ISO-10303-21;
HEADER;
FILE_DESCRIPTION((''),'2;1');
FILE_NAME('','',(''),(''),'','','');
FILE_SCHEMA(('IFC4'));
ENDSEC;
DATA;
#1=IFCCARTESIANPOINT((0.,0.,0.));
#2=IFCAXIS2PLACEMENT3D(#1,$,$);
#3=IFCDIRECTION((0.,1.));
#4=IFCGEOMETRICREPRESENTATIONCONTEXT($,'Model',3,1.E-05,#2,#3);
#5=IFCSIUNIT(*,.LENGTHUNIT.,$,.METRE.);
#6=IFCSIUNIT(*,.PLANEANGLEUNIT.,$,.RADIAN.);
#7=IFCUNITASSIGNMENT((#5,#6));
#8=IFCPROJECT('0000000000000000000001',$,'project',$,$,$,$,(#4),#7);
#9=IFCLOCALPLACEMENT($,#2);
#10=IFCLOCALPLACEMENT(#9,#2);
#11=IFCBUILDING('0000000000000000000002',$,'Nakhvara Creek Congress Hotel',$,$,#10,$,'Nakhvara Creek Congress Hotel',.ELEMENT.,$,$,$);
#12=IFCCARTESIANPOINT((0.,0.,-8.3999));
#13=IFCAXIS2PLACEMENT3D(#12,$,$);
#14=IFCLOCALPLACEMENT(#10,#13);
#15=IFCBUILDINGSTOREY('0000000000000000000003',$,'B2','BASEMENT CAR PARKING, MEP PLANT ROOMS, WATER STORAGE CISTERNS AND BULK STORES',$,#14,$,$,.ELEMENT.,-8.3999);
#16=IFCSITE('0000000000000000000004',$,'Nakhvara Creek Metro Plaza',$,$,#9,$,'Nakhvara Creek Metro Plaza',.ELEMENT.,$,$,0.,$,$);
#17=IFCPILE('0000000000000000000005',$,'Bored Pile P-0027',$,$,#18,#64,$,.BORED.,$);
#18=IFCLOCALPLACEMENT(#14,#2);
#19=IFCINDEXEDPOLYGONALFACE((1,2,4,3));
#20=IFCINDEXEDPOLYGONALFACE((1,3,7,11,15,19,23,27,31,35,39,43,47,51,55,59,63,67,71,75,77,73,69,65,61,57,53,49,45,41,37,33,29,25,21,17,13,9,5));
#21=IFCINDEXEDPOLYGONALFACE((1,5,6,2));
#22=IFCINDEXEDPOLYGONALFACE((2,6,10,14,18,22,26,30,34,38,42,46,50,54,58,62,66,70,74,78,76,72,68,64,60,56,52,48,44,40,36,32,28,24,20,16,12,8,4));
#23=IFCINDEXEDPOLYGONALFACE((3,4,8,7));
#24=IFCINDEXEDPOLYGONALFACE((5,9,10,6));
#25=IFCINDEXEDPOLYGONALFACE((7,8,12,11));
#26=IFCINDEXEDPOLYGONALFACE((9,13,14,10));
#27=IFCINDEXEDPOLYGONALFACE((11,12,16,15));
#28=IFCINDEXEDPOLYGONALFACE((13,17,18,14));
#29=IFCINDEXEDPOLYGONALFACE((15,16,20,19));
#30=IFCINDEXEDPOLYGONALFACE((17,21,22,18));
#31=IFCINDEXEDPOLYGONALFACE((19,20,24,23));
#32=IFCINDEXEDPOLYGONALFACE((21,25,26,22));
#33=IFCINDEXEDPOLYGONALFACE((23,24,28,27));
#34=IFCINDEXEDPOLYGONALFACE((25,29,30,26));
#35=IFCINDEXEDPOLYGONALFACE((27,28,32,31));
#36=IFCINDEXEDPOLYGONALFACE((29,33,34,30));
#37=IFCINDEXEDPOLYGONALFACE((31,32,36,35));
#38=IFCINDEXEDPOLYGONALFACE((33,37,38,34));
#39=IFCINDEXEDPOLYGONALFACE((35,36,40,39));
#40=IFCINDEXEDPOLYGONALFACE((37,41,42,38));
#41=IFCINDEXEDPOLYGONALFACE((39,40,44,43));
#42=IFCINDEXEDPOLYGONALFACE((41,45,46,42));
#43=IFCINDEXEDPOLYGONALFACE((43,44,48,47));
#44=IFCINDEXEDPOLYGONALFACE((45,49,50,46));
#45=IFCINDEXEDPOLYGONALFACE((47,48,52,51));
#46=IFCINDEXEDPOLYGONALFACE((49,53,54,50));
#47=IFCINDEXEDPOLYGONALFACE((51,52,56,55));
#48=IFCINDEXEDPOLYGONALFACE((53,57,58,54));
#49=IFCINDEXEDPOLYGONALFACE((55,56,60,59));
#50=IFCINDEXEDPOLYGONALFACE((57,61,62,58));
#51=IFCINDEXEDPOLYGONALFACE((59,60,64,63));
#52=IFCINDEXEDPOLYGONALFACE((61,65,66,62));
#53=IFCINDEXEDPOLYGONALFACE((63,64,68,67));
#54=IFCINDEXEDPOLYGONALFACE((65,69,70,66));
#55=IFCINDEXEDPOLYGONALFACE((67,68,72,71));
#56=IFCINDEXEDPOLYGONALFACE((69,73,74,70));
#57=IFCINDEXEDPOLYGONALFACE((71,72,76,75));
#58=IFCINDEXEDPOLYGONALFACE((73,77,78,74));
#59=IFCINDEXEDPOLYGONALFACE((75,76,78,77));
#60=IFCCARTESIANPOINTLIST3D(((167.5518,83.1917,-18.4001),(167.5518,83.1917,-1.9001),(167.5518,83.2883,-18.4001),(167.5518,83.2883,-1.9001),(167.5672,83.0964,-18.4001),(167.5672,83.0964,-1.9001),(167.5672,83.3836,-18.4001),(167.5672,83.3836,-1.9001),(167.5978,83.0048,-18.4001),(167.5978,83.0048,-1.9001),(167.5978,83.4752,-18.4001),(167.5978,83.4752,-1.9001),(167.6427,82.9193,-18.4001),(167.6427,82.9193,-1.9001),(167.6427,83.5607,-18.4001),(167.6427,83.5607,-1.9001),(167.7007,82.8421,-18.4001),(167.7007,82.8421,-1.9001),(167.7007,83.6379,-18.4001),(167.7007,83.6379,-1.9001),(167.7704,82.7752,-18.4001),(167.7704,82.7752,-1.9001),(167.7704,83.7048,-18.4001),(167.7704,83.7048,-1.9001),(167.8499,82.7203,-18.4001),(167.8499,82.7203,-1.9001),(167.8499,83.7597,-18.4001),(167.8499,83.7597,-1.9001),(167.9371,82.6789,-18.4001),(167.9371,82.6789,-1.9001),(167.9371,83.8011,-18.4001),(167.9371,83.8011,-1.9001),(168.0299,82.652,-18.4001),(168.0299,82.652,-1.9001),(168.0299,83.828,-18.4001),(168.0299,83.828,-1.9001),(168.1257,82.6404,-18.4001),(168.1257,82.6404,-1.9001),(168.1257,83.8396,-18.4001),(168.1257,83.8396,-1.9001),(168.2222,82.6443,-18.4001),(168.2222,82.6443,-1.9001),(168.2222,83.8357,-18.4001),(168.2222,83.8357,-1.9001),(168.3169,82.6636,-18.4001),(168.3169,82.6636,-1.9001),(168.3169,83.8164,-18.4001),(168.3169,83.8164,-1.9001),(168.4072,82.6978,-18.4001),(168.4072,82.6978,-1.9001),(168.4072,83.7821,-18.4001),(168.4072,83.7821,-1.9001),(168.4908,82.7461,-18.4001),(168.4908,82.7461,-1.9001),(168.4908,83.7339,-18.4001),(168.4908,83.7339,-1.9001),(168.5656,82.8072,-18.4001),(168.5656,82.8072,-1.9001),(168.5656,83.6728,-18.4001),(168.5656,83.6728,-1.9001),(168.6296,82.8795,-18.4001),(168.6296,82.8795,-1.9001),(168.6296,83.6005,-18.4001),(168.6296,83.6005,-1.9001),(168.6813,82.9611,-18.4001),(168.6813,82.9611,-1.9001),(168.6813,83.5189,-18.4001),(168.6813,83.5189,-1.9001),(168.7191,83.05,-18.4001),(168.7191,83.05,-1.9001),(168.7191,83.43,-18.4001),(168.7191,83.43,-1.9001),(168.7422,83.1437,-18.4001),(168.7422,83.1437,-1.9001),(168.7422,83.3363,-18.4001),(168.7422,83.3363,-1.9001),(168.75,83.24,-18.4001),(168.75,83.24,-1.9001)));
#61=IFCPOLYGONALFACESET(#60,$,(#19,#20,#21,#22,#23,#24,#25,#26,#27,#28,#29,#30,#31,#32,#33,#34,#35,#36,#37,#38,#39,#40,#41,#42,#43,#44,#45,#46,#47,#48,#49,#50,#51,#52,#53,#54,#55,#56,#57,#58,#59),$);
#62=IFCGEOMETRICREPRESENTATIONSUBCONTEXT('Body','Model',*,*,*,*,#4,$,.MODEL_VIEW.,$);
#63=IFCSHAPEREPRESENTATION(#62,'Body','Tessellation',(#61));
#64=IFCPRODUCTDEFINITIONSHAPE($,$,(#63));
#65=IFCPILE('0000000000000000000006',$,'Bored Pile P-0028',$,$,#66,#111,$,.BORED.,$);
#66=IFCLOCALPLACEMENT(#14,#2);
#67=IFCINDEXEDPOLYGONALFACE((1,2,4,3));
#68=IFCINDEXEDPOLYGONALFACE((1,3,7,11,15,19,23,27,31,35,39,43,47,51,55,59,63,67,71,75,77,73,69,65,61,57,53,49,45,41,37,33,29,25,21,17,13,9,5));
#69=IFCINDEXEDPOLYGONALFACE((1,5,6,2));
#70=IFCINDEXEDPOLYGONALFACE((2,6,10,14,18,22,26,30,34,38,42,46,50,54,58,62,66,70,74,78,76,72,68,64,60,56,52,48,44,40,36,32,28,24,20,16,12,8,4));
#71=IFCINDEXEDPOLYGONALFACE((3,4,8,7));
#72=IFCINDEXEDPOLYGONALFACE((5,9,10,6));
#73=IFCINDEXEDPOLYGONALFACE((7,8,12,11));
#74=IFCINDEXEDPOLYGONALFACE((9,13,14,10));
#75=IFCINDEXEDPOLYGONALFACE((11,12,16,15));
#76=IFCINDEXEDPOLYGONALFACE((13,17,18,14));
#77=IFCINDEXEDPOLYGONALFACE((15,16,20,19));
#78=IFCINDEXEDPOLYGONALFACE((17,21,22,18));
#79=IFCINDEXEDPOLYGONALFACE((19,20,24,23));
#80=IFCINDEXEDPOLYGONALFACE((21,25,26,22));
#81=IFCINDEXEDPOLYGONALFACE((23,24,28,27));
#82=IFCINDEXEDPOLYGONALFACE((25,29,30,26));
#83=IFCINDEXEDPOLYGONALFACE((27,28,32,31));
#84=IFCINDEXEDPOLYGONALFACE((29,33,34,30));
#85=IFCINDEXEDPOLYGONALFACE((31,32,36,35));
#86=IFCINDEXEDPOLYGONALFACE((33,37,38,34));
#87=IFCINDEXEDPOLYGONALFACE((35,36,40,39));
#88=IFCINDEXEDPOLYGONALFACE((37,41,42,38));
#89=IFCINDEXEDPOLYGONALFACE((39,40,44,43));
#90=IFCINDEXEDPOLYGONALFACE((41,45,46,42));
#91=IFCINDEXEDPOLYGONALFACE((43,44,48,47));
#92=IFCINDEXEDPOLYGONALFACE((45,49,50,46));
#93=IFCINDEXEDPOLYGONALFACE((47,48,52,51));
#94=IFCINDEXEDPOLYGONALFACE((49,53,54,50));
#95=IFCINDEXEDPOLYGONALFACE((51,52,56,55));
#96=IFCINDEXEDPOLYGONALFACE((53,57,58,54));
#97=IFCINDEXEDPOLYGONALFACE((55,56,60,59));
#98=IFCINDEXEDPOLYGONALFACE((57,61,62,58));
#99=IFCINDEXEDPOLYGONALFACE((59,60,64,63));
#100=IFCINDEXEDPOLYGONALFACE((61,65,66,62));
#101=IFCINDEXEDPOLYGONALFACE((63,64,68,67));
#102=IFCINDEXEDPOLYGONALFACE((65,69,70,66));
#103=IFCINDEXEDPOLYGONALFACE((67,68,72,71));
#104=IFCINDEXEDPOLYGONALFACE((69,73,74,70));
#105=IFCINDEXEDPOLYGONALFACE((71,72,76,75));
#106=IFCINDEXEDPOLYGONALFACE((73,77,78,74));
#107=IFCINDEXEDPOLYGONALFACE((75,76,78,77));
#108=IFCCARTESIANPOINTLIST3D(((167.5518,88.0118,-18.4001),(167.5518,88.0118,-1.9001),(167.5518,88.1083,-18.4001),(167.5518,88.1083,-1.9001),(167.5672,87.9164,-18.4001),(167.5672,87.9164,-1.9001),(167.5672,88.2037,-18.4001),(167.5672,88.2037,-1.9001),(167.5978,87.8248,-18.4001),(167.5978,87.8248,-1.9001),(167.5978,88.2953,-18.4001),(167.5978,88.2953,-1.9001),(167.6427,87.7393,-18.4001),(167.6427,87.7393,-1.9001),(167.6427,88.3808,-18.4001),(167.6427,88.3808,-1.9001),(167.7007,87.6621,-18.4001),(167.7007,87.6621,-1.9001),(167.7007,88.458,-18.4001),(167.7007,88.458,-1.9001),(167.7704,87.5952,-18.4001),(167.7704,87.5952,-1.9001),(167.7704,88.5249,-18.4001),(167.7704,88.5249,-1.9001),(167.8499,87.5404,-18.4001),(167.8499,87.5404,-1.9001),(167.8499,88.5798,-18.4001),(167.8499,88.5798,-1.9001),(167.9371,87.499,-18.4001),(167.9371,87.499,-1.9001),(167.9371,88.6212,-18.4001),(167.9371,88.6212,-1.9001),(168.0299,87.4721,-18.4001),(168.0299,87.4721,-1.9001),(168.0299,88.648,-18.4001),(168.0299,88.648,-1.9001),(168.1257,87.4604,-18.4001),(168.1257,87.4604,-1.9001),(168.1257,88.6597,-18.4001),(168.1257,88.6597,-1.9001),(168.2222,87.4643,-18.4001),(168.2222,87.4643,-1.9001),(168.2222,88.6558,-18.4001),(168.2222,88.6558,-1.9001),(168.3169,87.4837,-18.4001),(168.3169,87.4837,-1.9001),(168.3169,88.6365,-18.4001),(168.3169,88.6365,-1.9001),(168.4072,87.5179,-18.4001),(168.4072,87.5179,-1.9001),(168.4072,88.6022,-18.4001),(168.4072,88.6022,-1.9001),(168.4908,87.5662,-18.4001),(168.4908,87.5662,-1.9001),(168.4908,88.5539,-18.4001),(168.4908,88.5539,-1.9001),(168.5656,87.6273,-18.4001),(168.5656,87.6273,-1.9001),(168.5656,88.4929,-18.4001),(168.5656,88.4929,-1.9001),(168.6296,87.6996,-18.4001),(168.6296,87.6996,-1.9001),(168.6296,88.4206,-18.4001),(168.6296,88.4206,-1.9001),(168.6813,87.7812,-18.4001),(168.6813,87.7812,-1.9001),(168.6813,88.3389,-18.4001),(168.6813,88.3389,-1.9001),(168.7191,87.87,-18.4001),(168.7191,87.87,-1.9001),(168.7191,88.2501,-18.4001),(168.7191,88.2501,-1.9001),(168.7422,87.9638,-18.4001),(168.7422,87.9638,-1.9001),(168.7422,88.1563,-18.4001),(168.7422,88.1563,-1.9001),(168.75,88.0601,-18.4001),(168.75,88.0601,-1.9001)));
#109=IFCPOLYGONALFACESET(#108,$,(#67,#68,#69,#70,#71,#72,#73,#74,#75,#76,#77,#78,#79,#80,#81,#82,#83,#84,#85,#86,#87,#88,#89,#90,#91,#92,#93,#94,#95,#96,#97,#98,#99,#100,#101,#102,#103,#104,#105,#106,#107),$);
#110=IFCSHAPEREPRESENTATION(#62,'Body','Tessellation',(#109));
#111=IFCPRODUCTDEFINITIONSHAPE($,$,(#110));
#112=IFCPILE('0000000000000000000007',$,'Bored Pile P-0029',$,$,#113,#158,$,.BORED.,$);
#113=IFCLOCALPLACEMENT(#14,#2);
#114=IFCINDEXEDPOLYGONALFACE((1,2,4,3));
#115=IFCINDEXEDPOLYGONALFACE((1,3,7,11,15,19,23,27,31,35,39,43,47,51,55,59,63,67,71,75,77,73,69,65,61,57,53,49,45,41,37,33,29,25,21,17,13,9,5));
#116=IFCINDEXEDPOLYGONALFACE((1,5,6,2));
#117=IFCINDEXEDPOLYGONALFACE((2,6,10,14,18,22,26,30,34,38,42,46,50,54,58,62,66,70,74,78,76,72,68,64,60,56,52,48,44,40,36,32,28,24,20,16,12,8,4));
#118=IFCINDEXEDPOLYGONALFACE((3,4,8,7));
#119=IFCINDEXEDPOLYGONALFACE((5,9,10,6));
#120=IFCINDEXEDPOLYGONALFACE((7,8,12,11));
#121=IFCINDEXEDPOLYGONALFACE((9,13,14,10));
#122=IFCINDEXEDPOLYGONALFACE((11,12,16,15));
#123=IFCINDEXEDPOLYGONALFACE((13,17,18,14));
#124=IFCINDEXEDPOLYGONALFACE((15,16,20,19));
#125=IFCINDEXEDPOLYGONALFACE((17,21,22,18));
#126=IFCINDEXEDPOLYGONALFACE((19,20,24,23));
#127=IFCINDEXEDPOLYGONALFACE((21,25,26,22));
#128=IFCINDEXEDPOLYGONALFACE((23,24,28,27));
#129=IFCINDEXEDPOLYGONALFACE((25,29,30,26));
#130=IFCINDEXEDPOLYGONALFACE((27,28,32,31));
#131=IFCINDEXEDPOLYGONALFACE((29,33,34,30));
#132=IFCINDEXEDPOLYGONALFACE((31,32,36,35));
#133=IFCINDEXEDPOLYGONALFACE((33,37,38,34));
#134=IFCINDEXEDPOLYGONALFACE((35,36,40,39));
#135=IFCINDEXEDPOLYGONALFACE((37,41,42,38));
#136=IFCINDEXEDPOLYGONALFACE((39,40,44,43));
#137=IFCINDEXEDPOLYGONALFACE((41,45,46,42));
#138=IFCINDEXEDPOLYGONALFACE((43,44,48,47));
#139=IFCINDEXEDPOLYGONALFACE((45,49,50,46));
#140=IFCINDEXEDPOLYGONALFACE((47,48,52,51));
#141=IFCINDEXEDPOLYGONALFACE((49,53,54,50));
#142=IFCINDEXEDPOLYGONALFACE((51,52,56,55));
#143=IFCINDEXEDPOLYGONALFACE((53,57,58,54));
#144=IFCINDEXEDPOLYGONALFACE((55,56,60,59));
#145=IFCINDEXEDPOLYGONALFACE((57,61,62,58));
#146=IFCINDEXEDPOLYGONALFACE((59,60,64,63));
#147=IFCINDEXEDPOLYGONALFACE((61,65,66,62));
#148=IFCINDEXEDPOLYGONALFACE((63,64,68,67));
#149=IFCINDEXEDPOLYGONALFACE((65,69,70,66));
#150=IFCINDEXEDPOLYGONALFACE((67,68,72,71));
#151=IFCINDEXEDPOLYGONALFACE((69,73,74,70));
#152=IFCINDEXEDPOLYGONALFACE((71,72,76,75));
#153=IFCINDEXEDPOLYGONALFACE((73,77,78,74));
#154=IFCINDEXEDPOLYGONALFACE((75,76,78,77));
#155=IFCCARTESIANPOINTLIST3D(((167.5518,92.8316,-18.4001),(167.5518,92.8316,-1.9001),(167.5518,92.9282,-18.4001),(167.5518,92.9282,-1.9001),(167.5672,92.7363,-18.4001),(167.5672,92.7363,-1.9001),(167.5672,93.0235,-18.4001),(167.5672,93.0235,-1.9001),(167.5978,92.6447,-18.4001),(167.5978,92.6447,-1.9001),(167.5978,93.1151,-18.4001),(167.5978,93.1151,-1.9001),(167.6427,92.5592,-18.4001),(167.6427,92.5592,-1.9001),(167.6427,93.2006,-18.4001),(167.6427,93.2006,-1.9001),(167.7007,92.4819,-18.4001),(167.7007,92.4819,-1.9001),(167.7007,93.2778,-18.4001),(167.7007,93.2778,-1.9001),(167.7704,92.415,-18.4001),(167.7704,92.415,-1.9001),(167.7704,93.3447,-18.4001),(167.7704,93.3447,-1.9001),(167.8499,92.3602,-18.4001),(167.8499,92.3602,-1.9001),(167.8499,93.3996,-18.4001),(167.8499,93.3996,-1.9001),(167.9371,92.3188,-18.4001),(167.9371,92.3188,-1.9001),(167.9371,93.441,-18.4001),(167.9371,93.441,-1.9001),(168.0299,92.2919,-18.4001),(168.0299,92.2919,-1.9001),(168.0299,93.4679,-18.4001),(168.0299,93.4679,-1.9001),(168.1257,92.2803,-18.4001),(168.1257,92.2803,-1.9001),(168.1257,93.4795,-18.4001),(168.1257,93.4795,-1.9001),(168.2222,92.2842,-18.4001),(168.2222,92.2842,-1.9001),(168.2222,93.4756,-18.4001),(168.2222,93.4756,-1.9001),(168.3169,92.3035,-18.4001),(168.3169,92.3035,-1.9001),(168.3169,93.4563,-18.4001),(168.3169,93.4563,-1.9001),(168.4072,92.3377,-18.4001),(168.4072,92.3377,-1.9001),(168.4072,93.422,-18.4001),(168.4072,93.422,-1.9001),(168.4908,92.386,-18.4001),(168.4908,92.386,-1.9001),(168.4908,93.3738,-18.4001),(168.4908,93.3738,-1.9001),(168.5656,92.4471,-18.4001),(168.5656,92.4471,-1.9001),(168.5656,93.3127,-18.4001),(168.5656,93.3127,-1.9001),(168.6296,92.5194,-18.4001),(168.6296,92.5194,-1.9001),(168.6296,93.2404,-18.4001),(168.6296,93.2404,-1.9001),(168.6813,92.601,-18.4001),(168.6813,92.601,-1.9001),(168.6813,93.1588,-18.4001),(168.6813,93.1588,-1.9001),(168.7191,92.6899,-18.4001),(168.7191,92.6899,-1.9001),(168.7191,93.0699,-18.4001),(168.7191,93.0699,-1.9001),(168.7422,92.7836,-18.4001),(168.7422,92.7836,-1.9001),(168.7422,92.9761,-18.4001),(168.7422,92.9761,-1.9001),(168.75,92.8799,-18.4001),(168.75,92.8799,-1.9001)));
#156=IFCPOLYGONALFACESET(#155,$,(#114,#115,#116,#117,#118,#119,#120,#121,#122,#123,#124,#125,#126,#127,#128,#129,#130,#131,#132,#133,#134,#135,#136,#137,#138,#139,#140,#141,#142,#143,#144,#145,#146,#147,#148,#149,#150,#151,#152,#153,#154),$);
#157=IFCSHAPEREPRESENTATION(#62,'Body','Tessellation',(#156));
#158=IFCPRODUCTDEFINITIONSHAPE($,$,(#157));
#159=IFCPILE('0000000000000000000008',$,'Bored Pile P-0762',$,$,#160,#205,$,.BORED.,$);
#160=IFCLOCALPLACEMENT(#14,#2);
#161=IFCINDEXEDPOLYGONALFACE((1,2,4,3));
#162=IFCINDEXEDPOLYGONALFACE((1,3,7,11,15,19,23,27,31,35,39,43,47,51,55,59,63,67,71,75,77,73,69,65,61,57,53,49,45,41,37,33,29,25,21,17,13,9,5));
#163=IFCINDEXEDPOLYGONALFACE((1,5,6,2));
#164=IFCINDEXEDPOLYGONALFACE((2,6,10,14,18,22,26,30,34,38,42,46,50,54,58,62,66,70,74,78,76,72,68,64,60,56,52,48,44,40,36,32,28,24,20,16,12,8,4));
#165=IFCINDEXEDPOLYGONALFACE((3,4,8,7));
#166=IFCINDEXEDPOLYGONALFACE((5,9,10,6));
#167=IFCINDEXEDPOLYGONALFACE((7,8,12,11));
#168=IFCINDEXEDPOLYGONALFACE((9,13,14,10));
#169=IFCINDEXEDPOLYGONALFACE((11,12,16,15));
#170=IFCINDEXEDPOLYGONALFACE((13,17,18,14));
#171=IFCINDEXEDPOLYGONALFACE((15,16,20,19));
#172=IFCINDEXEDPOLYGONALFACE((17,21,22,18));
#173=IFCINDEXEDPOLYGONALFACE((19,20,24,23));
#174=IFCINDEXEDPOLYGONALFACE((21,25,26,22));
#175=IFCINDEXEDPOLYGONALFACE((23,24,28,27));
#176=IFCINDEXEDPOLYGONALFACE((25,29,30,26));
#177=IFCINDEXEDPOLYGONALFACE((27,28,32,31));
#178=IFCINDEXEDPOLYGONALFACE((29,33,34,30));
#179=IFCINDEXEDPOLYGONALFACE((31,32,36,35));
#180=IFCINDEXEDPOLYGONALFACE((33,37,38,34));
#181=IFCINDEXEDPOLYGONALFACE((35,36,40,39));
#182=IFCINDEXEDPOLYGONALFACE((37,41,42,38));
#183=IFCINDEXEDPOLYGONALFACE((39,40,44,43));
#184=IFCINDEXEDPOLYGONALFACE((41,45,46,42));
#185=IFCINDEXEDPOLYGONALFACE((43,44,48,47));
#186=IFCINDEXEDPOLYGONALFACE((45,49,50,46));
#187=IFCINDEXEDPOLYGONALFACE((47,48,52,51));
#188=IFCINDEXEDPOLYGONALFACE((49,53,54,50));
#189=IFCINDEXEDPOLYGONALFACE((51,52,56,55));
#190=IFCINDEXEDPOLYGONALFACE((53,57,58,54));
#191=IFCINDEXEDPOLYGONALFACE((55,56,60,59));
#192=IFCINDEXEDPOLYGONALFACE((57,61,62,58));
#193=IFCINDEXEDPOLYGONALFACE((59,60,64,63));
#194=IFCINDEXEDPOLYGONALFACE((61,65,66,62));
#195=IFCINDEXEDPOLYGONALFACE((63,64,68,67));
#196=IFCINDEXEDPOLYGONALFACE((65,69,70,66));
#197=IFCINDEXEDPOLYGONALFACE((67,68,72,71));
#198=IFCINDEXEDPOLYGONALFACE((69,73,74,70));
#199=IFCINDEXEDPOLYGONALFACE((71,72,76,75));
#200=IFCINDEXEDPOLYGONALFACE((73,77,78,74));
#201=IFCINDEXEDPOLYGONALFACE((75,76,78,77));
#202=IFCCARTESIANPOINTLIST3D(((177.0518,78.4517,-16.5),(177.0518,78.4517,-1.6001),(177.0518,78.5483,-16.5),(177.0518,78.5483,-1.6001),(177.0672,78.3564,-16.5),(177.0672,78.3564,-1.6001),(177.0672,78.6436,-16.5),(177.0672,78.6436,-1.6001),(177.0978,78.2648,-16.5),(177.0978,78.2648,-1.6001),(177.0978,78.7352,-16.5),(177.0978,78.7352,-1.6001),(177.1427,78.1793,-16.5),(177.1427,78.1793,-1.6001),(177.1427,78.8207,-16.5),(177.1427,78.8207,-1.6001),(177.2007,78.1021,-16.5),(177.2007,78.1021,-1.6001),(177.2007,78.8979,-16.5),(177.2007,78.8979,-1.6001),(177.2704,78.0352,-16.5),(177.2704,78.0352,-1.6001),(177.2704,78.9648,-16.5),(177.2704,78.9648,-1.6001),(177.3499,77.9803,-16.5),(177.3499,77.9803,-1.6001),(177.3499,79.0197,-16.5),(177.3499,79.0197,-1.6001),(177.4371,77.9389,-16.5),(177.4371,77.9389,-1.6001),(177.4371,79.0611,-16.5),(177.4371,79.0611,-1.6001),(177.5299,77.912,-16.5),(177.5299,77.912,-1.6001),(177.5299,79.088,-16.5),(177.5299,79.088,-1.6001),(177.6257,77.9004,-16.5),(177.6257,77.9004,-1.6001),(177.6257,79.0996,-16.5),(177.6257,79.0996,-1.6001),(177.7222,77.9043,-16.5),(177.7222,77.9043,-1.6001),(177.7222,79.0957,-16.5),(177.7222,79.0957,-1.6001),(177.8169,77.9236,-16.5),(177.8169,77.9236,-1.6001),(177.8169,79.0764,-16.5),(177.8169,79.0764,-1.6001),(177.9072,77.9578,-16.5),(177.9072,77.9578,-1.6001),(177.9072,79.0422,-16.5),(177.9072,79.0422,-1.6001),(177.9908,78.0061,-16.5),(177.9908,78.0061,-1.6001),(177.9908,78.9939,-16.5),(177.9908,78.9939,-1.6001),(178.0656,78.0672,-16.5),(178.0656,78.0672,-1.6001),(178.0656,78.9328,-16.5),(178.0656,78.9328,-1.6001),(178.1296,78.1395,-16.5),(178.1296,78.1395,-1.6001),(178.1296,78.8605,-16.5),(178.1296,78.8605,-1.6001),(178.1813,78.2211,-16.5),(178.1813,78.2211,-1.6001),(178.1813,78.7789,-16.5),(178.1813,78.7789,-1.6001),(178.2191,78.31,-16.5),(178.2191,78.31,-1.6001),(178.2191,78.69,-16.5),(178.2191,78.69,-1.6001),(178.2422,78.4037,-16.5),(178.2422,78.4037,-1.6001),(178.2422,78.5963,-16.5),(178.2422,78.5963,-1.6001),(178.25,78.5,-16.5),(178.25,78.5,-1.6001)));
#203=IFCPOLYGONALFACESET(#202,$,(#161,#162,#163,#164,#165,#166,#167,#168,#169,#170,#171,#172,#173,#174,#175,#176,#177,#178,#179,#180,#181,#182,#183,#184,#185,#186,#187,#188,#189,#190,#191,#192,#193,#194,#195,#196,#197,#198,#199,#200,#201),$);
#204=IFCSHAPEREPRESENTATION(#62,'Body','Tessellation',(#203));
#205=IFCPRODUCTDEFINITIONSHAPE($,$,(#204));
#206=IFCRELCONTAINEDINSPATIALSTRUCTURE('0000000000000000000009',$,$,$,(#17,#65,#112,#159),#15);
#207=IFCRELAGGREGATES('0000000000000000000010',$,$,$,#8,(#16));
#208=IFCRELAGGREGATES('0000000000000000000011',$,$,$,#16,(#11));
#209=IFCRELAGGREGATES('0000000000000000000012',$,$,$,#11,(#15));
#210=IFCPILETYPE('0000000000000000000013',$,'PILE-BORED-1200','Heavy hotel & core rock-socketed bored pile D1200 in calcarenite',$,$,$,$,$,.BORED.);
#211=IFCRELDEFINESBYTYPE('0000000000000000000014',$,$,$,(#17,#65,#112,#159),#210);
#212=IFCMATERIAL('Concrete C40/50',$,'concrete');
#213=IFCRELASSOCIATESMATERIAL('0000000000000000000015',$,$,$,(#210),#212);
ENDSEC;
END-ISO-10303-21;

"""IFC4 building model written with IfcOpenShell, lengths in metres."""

from ifc_helpers import new_model, si_unit, direction, frame, origin, origin_2d, place, context, subcontext, project, spatial, circle, extrude, material, material_profile, profile_set, type_object, element, save


model = new_model("IFC4")

# Units and contexts
model_context = context("Model", 3, precision=1e-05, world=origin(), true_north=direction((0.0, 1.0)))
body_context = subcontext(model_context, "Body", "Model", "MODEL_VIEW")
ifc_project = project(units=[si_unit("LENGTHUNIT", "METRE"), si_unit("PLANEANGLEUNIT", "RADIAN")], contexts=[model_context])

# Site, building, storey
site_placement = place(None, origin())
site = spatial("IfcSite", under=ifc_project, at=site_placement, Name="Nakhvara Creek Metro Plaza", LongName="Nakhvara Creek Metro Plaza", CompositionType="ELEMENT", RefElevation=0.0)
building_placement = place(site_placement, origin())
building = spatial("IfcBuilding", under=site, at=building_placement, Name="Nakhvara Creek Congress Hotel", LongName="Nakhvara Creek Congress Hotel", CompositionType="ELEMENT")
storey_placement = place(building_placement, frame((0.0, 0.0, -8.3999)))
storey = spatial("IfcBuildingStorey", under=building, at=storey_placement, Name="B2", Description="BASEMENT CAR PARKING, MEP PLANT ROOMS, WATER STORAGE CISTERNS AND BULK STORES", CompositionType="ELEMENT", Elevation=-8.3999)

# Shared definitions
ifc_material_1 = material(Name="Concrete C40/50", Category="concrete")

# Piles
ifc_material_profile_1 = material_profile(ifc_material_1, circle(Radius=0.6001, at=origin_2d()), Name="BORED PILE D1200", Category="LoadBearing")
ifc_profile_set_1 = profile_set([ifc_material_profile_1], Name="Concrete C40/50")
pile_type = type_object("IfcPileType", Name="PILE-BORED-1200", Description="Heavy hotel & core rock-socketed bored pile D1200 in calcarenite", PredefinedType="BORED", material=ifc_profile_set_1)
for number, where, z_axis, x_axis, name in (
    (1, (168.1499, 83.24, -1.9001), (0.0, 0.0, -1.0), (1.0, 0.0, 0.0), "Bored Pile P-0027"),
    (2, (168.1499, 88.0601, -1.9001), (0.0, 0.0, -1.0), (1.0, 0.0, 0.0), "Bored Pile P-0028"),
    (3, (168.1499, 92.8799, -1.9001), (0.0, 0.0, -1.0), (1.0, 0.0, 0.0), "Bored Pile P-0029"),
):
    element("IfcPile", number, at=place(storey_placement, frame(where, z_axis=z_axis, x_axis=x_axis)), inside=storey, type_object=pile_type, Name=name, PredefinedType="BORED", context=body_context, shape_type="SweptSolid", body=[
        extrude(circle(Radius=0.6001, at=origin_2d()), origin(), (0.0, 0.0, 1.0), 16.5),
    ])
for number, where, z_axis, x_axis, name in (
    (4, (177.6499, 78.5, -1.6001), (0.0, 0.0, -1.0), (1.0, 0.0, 0.0), "Bored Pile P-0762"),
):
    element("IfcPile", number, at=place(storey_placement, frame(where, z_axis=z_axis, x_axis=x_axis)), inside=storey, type_object=pile_type, Name=name, PredefinedType="BORED", context=body_context, shape_type="SweptSolid", body=[
        extrude(circle(Radius=0.6001, at=origin_2d()), origin(), (0.0, 0.0, 1.0), 14.8999),
    ])

save(model, "model.ifc")
